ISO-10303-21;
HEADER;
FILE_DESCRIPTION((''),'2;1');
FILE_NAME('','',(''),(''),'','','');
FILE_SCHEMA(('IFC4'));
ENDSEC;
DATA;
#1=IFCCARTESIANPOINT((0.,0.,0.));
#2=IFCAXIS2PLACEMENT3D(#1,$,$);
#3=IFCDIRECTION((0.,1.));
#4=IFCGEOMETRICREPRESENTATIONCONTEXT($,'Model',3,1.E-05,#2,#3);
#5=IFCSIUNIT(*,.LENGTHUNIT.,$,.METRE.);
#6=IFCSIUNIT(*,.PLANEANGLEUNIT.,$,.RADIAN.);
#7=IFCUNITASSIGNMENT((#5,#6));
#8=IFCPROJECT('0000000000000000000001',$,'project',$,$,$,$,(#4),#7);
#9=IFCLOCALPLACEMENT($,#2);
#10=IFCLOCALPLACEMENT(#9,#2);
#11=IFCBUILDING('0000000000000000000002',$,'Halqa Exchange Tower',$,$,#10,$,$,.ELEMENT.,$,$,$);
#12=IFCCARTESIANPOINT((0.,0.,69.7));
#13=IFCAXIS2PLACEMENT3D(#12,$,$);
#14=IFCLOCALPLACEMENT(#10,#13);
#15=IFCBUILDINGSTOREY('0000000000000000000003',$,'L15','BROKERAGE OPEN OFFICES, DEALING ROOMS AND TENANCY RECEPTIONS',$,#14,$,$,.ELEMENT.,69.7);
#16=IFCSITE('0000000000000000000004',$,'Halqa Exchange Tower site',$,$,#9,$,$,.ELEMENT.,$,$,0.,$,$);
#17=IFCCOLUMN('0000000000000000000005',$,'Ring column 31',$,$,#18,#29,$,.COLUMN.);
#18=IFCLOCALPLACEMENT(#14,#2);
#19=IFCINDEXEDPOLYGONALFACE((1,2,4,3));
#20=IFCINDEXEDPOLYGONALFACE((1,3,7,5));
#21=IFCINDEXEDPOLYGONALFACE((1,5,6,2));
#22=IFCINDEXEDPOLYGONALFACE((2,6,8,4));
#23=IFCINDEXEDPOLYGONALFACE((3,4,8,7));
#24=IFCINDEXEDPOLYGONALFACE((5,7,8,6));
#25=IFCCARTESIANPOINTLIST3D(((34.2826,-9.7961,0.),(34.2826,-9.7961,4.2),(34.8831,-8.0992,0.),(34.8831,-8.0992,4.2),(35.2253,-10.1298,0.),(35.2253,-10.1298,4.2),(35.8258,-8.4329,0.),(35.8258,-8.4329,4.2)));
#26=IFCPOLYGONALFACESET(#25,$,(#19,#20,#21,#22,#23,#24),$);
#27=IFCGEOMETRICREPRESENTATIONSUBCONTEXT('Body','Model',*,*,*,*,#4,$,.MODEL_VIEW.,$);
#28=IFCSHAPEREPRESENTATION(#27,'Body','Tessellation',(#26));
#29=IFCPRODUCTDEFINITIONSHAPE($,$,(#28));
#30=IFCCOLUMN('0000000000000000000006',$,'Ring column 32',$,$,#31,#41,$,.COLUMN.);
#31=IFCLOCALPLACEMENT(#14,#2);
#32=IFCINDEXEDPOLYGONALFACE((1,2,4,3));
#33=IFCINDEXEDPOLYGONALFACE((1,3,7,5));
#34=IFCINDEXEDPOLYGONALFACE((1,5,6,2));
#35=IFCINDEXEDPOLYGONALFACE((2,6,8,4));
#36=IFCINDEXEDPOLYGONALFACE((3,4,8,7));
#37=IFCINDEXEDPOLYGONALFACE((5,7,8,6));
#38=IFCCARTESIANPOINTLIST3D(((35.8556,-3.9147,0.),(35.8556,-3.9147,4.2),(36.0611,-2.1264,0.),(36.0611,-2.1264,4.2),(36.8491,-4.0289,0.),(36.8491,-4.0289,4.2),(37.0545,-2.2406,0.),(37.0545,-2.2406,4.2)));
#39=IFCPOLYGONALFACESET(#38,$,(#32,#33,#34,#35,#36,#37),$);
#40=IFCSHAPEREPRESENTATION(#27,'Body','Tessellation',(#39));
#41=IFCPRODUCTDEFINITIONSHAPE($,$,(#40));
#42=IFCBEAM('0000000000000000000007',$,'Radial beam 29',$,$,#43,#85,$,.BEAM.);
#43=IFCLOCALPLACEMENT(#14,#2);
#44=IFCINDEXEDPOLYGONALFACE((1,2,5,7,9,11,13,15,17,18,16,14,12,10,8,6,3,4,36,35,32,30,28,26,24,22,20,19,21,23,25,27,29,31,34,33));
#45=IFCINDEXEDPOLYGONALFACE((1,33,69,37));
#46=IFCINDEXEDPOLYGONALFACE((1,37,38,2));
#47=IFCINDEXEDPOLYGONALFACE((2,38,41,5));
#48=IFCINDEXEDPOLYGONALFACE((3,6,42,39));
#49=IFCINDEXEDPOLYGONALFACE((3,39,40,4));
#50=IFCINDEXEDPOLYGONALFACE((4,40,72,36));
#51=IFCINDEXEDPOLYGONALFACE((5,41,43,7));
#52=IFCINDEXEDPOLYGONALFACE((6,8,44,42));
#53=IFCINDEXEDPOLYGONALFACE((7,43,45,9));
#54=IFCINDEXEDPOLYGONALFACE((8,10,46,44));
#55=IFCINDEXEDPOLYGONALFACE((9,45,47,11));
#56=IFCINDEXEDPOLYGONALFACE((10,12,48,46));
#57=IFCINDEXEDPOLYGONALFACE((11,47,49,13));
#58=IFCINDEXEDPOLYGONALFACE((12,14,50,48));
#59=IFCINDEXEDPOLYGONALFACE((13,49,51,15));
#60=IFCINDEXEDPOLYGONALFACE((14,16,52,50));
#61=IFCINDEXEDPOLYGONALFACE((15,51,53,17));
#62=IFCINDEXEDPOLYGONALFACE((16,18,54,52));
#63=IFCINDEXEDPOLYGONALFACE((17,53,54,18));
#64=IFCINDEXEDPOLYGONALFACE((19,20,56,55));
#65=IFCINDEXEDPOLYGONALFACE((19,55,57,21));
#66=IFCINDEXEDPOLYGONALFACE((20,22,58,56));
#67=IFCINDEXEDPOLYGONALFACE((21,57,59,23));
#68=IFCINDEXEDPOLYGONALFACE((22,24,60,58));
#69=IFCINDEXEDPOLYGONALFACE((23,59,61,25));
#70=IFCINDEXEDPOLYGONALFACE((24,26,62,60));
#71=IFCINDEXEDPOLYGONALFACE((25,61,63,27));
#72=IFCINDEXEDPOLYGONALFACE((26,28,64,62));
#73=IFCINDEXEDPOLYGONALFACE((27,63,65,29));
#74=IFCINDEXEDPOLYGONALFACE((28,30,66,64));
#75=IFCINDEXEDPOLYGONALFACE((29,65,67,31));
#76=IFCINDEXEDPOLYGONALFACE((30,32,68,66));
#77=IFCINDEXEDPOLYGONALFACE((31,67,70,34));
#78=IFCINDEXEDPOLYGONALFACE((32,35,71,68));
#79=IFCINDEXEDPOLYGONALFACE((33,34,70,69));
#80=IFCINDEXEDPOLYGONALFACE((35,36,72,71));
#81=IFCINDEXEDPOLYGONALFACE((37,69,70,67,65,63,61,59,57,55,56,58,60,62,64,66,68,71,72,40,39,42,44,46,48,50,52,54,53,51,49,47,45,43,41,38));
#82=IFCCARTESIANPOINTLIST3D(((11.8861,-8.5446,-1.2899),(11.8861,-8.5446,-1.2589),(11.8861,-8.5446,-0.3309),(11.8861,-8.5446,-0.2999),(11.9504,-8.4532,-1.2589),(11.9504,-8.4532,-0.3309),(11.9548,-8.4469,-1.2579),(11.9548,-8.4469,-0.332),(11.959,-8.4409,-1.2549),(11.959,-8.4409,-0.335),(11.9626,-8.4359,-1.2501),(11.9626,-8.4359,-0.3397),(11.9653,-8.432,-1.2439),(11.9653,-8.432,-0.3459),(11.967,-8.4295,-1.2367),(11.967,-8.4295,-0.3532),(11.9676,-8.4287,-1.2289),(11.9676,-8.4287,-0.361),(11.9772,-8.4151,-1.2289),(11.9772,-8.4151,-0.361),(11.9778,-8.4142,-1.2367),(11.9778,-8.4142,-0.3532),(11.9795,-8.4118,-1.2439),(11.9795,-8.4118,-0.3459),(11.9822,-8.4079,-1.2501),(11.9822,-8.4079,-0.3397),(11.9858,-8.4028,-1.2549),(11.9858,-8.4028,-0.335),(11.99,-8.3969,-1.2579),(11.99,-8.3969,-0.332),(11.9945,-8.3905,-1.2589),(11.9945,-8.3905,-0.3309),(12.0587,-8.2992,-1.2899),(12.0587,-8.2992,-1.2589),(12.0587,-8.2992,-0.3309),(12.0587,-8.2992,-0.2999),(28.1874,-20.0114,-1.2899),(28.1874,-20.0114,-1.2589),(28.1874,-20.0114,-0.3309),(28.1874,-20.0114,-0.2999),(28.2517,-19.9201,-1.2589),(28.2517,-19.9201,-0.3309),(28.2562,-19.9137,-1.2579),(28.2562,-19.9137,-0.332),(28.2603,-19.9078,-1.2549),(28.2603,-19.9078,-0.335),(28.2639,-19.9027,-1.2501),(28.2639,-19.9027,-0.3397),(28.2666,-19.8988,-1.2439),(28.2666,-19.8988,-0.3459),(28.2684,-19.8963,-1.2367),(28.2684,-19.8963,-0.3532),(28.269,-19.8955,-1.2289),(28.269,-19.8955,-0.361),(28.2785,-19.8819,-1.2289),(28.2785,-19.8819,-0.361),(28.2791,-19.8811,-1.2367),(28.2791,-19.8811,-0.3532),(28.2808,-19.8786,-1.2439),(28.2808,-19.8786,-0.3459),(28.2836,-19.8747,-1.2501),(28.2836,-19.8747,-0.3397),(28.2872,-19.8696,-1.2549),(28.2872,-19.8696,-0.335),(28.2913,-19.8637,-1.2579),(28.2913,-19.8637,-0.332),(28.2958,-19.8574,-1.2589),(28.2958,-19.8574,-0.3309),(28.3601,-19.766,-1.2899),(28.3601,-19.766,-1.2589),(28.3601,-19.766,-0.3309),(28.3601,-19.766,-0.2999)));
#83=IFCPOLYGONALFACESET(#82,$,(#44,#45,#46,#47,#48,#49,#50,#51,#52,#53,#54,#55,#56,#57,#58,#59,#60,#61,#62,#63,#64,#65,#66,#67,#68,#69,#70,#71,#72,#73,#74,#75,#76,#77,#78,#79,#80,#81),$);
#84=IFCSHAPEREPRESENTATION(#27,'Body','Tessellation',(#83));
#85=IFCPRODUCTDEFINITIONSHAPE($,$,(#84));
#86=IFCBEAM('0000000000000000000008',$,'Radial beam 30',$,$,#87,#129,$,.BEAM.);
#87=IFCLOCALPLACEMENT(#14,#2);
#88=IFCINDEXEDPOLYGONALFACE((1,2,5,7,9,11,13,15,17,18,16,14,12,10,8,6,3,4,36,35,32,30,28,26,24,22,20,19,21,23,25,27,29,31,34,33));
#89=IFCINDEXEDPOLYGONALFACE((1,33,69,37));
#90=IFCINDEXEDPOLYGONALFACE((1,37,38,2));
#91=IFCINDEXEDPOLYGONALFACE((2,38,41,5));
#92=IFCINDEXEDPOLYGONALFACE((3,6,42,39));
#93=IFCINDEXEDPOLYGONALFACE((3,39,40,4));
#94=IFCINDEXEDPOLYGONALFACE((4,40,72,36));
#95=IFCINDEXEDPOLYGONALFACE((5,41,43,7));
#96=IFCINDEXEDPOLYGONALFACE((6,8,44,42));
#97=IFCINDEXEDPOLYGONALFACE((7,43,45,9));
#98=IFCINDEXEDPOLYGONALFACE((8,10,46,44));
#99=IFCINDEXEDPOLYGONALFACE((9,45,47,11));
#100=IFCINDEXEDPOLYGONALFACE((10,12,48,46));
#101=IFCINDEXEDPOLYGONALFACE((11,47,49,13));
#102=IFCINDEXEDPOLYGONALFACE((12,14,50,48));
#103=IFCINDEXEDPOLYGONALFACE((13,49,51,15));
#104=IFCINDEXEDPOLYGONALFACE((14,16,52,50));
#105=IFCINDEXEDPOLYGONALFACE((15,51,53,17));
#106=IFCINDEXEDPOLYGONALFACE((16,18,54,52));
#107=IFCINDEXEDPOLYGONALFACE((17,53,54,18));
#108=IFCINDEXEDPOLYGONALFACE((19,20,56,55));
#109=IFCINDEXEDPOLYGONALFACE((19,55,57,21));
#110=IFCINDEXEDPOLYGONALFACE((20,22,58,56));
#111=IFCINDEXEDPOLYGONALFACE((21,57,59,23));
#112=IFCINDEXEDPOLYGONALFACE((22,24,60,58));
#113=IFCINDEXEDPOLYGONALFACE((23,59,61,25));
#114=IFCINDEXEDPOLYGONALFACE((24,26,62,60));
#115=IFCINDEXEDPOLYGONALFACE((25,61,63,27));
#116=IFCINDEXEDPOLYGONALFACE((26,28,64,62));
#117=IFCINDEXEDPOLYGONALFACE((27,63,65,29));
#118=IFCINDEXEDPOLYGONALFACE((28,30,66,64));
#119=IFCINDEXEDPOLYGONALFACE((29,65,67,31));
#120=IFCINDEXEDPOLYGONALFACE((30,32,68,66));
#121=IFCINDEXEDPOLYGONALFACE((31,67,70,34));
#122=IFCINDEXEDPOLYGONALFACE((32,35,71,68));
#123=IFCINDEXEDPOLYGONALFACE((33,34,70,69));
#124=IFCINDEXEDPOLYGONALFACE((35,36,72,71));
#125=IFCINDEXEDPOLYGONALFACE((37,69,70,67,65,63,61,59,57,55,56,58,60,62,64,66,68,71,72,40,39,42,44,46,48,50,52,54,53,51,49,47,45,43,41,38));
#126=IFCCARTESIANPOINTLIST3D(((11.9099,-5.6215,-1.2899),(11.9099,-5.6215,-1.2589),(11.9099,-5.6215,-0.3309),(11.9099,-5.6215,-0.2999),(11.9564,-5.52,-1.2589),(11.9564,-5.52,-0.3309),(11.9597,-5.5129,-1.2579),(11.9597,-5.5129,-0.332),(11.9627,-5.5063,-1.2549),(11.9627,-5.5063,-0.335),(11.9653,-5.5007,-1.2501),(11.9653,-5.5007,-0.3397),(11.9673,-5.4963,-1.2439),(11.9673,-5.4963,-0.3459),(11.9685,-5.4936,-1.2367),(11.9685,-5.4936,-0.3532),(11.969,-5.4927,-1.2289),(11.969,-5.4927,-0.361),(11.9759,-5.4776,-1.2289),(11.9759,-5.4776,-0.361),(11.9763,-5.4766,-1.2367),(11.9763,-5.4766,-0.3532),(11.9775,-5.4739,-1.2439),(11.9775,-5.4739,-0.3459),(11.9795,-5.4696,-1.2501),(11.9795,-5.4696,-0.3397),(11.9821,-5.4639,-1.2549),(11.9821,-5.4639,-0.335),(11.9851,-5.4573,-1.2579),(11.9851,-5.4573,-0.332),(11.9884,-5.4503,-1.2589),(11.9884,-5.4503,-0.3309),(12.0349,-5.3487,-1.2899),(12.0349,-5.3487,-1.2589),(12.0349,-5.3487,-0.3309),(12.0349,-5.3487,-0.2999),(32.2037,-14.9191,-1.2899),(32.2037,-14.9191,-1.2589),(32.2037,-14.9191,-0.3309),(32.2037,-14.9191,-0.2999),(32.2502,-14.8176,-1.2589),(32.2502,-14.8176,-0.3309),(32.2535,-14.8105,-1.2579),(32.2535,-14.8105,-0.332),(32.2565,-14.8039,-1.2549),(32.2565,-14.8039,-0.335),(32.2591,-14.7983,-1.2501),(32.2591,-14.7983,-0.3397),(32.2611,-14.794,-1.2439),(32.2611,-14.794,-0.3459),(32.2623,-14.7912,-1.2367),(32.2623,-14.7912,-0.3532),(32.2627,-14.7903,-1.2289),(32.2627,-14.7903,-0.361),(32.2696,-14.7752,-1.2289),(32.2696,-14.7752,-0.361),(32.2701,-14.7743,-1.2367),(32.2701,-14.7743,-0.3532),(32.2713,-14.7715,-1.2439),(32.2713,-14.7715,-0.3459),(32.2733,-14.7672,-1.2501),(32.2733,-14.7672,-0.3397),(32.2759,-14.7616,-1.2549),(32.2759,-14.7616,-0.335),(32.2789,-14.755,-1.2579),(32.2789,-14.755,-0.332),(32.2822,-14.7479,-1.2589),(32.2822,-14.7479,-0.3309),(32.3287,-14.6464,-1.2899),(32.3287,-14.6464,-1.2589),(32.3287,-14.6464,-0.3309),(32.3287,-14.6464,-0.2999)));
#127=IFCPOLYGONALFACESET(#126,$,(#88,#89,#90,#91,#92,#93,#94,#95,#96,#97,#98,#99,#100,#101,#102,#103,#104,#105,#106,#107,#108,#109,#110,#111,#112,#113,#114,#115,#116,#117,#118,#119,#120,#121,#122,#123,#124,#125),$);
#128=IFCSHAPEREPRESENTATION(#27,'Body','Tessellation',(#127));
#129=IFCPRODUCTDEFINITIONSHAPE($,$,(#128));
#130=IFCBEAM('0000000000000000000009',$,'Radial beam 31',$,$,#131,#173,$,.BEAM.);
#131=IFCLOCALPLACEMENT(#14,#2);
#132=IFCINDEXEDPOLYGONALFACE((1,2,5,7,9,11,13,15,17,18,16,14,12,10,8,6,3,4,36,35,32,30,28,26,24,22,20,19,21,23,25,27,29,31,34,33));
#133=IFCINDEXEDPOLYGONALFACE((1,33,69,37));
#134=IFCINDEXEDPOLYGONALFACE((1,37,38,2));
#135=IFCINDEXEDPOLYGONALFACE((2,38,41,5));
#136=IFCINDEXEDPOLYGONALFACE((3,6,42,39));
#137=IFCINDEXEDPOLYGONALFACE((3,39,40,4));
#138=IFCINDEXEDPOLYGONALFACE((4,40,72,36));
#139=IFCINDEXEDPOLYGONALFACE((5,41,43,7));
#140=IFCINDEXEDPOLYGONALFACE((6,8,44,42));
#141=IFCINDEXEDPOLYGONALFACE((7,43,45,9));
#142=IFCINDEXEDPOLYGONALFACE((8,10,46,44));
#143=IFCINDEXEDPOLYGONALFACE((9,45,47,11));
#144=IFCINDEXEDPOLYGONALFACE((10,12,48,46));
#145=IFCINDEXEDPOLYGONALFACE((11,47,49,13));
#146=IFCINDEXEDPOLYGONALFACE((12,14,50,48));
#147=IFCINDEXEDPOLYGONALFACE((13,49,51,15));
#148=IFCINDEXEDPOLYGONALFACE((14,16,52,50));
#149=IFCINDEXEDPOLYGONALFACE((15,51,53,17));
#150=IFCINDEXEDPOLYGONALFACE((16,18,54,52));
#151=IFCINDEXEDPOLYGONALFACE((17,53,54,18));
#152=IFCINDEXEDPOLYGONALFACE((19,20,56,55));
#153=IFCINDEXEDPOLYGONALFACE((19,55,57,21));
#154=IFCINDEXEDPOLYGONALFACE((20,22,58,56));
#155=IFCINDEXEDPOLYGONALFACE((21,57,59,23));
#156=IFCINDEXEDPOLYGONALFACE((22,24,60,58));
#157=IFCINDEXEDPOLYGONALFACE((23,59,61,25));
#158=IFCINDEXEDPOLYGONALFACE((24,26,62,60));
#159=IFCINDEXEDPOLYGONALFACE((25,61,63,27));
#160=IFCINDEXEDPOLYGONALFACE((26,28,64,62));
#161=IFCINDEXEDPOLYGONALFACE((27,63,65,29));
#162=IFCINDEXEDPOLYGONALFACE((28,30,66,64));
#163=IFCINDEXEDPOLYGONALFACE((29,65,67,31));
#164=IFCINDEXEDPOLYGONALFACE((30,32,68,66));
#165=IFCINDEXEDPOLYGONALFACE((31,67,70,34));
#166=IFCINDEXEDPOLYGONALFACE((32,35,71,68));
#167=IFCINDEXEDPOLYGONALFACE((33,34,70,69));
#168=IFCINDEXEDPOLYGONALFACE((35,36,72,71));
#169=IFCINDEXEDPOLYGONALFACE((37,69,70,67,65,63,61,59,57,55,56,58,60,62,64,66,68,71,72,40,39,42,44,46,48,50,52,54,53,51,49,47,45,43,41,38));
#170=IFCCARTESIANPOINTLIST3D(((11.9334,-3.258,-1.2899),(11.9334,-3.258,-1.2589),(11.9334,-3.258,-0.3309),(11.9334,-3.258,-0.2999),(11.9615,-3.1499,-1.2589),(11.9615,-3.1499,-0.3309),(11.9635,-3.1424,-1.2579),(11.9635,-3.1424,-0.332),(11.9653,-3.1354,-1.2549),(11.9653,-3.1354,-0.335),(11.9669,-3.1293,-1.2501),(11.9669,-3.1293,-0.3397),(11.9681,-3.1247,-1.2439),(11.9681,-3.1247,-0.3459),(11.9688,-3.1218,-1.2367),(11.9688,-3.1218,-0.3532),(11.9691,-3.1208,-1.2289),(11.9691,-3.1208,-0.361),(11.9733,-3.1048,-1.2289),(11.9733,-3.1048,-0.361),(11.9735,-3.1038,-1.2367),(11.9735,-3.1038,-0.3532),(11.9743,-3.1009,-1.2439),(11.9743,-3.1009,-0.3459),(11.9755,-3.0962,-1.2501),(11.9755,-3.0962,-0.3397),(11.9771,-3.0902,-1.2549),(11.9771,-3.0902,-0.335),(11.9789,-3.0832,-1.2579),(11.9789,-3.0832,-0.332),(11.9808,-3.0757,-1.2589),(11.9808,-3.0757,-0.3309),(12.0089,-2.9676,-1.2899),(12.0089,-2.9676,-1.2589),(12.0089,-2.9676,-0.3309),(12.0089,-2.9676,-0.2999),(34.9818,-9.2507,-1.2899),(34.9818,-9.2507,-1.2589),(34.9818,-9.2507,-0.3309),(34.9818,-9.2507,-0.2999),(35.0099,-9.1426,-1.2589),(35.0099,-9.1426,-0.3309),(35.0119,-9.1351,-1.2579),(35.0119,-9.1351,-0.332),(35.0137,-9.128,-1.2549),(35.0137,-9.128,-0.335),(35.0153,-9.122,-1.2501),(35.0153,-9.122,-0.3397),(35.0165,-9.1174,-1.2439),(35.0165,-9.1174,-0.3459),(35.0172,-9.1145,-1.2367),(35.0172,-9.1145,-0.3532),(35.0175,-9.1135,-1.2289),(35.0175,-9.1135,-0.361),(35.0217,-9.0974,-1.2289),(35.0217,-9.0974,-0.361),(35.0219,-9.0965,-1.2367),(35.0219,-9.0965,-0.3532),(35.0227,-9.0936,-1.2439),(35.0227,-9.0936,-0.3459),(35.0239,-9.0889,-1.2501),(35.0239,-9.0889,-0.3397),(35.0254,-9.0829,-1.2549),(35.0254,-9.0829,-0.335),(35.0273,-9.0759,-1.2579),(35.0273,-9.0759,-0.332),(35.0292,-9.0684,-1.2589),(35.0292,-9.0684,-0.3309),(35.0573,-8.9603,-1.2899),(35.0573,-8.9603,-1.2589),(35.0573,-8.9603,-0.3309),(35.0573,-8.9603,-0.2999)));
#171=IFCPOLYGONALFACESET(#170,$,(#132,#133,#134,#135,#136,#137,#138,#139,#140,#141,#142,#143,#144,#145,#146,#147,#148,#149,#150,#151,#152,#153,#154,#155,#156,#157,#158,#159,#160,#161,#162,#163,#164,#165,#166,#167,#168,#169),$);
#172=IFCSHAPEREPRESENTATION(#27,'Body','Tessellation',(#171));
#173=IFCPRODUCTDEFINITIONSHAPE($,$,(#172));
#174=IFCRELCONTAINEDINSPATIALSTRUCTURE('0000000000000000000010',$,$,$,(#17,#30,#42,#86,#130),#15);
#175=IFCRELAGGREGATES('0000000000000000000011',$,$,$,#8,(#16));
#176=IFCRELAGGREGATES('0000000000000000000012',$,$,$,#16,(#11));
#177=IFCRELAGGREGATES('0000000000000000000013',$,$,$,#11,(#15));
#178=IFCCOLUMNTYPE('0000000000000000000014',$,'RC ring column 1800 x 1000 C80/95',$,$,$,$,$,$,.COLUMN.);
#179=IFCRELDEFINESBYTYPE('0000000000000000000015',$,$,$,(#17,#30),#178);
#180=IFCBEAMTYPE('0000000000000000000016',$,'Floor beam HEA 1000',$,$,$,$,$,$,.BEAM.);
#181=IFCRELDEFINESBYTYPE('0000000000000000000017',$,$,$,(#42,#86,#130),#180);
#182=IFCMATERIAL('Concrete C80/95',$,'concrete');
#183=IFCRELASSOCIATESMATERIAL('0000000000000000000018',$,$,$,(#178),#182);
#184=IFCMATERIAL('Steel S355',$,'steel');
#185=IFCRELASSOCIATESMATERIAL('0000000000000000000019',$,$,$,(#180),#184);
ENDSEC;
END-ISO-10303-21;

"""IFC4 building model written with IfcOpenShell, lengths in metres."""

from ifc_helpers import new_model, si_unit, direction, frame, origin, origin_2d, place, context, subcontext, project, spatial, rectangle, i_section, extrude, material, material_profile, profile_set, type_object, element, save


model = new_model("IFC4")

# Units and contexts
model_context = context("Model", 3, precision=1e-05, world=origin(), true_north=direction((0.0, 1.0)))
body_context = subcontext(model_context, "Body", "Model", "MODEL_VIEW")
ifc_project = project(units=[si_unit("LENGTHUNIT", "METRE"), si_unit("PLANEANGLEUNIT", "RADIAN")], contexts=[model_context])

# Site, building, storey
site_placement = place(None, origin())
site = spatial("IfcSite", under=ifc_project, at=site_placement, Name="Halqa Exchange Tower site", CompositionType="ELEMENT", RefElevation=0.0)
building_placement = place(site_placement, origin())
building = spatial("IfcBuilding", under=site, at=building_placement, Name="Halqa Exchange Tower", CompositionType="ELEMENT")
storey_placement = place(building_placement, frame((0.0, 0.0, 69.7)))
storey = spatial("IfcBuildingStorey", under=building, at=storey_placement, Name="L15", Description="BROKERAGE OPEN OFFICES, DEALING ROOMS AND TENANCY RECEPTIONS", CompositionType="ELEMENT", Elevation=69.7)

# Columns
ifc_material_1 = material(Name="Concrete C80/95", Category="concrete")
ifc_material_profile_1 = material_profile(ifc_material_1, rectangle(XDim=1.8, YDim=1.0, at=origin_2d()), Name="1800 x 1000")
ifc_profile_set_1 = profile_set([ifc_material_profile_1], Name="Concrete C80/95")
column_type = type_object("IfcColumnType", Name="RC ring column 1800 x 1000 C80/95", PredefinedType="COLUMN", material=ifc_profile_set_1)
for number, where, z_axis, x_axis, name in (
    (1, (35.0542, -9.1145, 0.0), (0.0, 0.0, 1.0), (0.333624, 0.942706, 0.0), "Ring column 31"),
    (2, (36.4551, -3.0776, 0.0), (0.0, 0.0, 1.0), (0.114152, 0.993463, 0.0), "Ring column 32"),
):
    element("IfcColumn", number, at=place(storey_placement, frame(where, z_axis=z_axis, x_axis=x_axis)), inside=storey, type_object=column_type, Name=name, PredefinedType="COLUMN", context=body_context, shape_type="SweptSolid", body=[
        extrude(rectangle(XDim=1.8, YDim=1.0, at=origin_2d()), origin(), (0.0, 0.0, 1.0), 4.2),
    ])

# Beams
ifc_material_2 = material(Name="Steel S355", Category="steel")
ifc_material_profile_2 = material_profile(ifc_material_2, i_section(OverallWidth=0.3, OverallDepth=0.99, WebThickness=0.0166, FlangeThickness=0.031, FilletRadius=0.03, at=origin_2d()), Name="HEA 1000")
ifc_profile_set_2 = profile_set([ifc_material_profile_2], Name="Steel S355")
beam_type_1 = type_object("IfcBeamType", Name="Floor beam HEA 1000", PredefinedType="BEAM", material=ifc_profile_set_2)
beam_1_placement = place(storey_placement, frame((11.9724, -8.4219, -0.7949), z_axis=(0.817912, -0.575344, 0.0), x_axis=(0.575344, 0.817912, 0.0)))
element("IfcBeam", 3, at=beam_1_placement, inside=storey, type_object=beam_type_1, Name="Radial beam 29", PredefinedType="BEAM", context=body_context, shape_type="SweptSolid", body=[
    extrude(i_section(OverallWidth=0.3, OverallDepth=0.99, WebThickness=0.0166, FlangeThickness=0.031, FilletRadius=0.03, at=origin_2d()), origin(), (0.0, 0.0, 1.0), 19.9304),
])
beam_2_placement = place(storey_placement, frame((11.9724, -5.4851, -0.7949), z_axis=(0.909127, -0.416519, 0.0), x_axis=(0.416519, 0.909127, 0.0)))
element("IfcBeam", 4, at=beam_2_placement, inside=storey, type_object=beam_type_1, Name="Radial beam 30", PredefinedType="BEAM", context=body_context, shape_type="SweptSolid", body=[
    extrude(i_section(OverallWidth=0.3, OverallDepth=0.99, WebThickness=0.0166, FlangeThickness=0.031, FilletRadius=0.03, at=origin_2d()), origin(), (0.0, 0.0, 1.0), 22.3223),
])
beam_3_placement = place(storey_placement, frame((11.9712, -3.1128, -0.7949), z_axis=(0.967821, -0.251638, 0.0), x_axis=(0.251638, 0.967821, 0.0)))
element("IfcBeam", 5, at=beam_3_placement, inside=storey, type_object=beam_type_1, Name="Radial beam 31", PredefinedType="BEAM", context=body_context, shape_type="SweptSolid", body=[
    extrude(i_section(OverallWidth=0.3, OverallDepth=0.99, WebThickness=0.0166, FlangeThickness=0.031, FilletRadius=0.03, at=origin_2d()), origin(), (0.0, 0.0, 1.0), 23.8147),
])

save(model, "model.ifc")
